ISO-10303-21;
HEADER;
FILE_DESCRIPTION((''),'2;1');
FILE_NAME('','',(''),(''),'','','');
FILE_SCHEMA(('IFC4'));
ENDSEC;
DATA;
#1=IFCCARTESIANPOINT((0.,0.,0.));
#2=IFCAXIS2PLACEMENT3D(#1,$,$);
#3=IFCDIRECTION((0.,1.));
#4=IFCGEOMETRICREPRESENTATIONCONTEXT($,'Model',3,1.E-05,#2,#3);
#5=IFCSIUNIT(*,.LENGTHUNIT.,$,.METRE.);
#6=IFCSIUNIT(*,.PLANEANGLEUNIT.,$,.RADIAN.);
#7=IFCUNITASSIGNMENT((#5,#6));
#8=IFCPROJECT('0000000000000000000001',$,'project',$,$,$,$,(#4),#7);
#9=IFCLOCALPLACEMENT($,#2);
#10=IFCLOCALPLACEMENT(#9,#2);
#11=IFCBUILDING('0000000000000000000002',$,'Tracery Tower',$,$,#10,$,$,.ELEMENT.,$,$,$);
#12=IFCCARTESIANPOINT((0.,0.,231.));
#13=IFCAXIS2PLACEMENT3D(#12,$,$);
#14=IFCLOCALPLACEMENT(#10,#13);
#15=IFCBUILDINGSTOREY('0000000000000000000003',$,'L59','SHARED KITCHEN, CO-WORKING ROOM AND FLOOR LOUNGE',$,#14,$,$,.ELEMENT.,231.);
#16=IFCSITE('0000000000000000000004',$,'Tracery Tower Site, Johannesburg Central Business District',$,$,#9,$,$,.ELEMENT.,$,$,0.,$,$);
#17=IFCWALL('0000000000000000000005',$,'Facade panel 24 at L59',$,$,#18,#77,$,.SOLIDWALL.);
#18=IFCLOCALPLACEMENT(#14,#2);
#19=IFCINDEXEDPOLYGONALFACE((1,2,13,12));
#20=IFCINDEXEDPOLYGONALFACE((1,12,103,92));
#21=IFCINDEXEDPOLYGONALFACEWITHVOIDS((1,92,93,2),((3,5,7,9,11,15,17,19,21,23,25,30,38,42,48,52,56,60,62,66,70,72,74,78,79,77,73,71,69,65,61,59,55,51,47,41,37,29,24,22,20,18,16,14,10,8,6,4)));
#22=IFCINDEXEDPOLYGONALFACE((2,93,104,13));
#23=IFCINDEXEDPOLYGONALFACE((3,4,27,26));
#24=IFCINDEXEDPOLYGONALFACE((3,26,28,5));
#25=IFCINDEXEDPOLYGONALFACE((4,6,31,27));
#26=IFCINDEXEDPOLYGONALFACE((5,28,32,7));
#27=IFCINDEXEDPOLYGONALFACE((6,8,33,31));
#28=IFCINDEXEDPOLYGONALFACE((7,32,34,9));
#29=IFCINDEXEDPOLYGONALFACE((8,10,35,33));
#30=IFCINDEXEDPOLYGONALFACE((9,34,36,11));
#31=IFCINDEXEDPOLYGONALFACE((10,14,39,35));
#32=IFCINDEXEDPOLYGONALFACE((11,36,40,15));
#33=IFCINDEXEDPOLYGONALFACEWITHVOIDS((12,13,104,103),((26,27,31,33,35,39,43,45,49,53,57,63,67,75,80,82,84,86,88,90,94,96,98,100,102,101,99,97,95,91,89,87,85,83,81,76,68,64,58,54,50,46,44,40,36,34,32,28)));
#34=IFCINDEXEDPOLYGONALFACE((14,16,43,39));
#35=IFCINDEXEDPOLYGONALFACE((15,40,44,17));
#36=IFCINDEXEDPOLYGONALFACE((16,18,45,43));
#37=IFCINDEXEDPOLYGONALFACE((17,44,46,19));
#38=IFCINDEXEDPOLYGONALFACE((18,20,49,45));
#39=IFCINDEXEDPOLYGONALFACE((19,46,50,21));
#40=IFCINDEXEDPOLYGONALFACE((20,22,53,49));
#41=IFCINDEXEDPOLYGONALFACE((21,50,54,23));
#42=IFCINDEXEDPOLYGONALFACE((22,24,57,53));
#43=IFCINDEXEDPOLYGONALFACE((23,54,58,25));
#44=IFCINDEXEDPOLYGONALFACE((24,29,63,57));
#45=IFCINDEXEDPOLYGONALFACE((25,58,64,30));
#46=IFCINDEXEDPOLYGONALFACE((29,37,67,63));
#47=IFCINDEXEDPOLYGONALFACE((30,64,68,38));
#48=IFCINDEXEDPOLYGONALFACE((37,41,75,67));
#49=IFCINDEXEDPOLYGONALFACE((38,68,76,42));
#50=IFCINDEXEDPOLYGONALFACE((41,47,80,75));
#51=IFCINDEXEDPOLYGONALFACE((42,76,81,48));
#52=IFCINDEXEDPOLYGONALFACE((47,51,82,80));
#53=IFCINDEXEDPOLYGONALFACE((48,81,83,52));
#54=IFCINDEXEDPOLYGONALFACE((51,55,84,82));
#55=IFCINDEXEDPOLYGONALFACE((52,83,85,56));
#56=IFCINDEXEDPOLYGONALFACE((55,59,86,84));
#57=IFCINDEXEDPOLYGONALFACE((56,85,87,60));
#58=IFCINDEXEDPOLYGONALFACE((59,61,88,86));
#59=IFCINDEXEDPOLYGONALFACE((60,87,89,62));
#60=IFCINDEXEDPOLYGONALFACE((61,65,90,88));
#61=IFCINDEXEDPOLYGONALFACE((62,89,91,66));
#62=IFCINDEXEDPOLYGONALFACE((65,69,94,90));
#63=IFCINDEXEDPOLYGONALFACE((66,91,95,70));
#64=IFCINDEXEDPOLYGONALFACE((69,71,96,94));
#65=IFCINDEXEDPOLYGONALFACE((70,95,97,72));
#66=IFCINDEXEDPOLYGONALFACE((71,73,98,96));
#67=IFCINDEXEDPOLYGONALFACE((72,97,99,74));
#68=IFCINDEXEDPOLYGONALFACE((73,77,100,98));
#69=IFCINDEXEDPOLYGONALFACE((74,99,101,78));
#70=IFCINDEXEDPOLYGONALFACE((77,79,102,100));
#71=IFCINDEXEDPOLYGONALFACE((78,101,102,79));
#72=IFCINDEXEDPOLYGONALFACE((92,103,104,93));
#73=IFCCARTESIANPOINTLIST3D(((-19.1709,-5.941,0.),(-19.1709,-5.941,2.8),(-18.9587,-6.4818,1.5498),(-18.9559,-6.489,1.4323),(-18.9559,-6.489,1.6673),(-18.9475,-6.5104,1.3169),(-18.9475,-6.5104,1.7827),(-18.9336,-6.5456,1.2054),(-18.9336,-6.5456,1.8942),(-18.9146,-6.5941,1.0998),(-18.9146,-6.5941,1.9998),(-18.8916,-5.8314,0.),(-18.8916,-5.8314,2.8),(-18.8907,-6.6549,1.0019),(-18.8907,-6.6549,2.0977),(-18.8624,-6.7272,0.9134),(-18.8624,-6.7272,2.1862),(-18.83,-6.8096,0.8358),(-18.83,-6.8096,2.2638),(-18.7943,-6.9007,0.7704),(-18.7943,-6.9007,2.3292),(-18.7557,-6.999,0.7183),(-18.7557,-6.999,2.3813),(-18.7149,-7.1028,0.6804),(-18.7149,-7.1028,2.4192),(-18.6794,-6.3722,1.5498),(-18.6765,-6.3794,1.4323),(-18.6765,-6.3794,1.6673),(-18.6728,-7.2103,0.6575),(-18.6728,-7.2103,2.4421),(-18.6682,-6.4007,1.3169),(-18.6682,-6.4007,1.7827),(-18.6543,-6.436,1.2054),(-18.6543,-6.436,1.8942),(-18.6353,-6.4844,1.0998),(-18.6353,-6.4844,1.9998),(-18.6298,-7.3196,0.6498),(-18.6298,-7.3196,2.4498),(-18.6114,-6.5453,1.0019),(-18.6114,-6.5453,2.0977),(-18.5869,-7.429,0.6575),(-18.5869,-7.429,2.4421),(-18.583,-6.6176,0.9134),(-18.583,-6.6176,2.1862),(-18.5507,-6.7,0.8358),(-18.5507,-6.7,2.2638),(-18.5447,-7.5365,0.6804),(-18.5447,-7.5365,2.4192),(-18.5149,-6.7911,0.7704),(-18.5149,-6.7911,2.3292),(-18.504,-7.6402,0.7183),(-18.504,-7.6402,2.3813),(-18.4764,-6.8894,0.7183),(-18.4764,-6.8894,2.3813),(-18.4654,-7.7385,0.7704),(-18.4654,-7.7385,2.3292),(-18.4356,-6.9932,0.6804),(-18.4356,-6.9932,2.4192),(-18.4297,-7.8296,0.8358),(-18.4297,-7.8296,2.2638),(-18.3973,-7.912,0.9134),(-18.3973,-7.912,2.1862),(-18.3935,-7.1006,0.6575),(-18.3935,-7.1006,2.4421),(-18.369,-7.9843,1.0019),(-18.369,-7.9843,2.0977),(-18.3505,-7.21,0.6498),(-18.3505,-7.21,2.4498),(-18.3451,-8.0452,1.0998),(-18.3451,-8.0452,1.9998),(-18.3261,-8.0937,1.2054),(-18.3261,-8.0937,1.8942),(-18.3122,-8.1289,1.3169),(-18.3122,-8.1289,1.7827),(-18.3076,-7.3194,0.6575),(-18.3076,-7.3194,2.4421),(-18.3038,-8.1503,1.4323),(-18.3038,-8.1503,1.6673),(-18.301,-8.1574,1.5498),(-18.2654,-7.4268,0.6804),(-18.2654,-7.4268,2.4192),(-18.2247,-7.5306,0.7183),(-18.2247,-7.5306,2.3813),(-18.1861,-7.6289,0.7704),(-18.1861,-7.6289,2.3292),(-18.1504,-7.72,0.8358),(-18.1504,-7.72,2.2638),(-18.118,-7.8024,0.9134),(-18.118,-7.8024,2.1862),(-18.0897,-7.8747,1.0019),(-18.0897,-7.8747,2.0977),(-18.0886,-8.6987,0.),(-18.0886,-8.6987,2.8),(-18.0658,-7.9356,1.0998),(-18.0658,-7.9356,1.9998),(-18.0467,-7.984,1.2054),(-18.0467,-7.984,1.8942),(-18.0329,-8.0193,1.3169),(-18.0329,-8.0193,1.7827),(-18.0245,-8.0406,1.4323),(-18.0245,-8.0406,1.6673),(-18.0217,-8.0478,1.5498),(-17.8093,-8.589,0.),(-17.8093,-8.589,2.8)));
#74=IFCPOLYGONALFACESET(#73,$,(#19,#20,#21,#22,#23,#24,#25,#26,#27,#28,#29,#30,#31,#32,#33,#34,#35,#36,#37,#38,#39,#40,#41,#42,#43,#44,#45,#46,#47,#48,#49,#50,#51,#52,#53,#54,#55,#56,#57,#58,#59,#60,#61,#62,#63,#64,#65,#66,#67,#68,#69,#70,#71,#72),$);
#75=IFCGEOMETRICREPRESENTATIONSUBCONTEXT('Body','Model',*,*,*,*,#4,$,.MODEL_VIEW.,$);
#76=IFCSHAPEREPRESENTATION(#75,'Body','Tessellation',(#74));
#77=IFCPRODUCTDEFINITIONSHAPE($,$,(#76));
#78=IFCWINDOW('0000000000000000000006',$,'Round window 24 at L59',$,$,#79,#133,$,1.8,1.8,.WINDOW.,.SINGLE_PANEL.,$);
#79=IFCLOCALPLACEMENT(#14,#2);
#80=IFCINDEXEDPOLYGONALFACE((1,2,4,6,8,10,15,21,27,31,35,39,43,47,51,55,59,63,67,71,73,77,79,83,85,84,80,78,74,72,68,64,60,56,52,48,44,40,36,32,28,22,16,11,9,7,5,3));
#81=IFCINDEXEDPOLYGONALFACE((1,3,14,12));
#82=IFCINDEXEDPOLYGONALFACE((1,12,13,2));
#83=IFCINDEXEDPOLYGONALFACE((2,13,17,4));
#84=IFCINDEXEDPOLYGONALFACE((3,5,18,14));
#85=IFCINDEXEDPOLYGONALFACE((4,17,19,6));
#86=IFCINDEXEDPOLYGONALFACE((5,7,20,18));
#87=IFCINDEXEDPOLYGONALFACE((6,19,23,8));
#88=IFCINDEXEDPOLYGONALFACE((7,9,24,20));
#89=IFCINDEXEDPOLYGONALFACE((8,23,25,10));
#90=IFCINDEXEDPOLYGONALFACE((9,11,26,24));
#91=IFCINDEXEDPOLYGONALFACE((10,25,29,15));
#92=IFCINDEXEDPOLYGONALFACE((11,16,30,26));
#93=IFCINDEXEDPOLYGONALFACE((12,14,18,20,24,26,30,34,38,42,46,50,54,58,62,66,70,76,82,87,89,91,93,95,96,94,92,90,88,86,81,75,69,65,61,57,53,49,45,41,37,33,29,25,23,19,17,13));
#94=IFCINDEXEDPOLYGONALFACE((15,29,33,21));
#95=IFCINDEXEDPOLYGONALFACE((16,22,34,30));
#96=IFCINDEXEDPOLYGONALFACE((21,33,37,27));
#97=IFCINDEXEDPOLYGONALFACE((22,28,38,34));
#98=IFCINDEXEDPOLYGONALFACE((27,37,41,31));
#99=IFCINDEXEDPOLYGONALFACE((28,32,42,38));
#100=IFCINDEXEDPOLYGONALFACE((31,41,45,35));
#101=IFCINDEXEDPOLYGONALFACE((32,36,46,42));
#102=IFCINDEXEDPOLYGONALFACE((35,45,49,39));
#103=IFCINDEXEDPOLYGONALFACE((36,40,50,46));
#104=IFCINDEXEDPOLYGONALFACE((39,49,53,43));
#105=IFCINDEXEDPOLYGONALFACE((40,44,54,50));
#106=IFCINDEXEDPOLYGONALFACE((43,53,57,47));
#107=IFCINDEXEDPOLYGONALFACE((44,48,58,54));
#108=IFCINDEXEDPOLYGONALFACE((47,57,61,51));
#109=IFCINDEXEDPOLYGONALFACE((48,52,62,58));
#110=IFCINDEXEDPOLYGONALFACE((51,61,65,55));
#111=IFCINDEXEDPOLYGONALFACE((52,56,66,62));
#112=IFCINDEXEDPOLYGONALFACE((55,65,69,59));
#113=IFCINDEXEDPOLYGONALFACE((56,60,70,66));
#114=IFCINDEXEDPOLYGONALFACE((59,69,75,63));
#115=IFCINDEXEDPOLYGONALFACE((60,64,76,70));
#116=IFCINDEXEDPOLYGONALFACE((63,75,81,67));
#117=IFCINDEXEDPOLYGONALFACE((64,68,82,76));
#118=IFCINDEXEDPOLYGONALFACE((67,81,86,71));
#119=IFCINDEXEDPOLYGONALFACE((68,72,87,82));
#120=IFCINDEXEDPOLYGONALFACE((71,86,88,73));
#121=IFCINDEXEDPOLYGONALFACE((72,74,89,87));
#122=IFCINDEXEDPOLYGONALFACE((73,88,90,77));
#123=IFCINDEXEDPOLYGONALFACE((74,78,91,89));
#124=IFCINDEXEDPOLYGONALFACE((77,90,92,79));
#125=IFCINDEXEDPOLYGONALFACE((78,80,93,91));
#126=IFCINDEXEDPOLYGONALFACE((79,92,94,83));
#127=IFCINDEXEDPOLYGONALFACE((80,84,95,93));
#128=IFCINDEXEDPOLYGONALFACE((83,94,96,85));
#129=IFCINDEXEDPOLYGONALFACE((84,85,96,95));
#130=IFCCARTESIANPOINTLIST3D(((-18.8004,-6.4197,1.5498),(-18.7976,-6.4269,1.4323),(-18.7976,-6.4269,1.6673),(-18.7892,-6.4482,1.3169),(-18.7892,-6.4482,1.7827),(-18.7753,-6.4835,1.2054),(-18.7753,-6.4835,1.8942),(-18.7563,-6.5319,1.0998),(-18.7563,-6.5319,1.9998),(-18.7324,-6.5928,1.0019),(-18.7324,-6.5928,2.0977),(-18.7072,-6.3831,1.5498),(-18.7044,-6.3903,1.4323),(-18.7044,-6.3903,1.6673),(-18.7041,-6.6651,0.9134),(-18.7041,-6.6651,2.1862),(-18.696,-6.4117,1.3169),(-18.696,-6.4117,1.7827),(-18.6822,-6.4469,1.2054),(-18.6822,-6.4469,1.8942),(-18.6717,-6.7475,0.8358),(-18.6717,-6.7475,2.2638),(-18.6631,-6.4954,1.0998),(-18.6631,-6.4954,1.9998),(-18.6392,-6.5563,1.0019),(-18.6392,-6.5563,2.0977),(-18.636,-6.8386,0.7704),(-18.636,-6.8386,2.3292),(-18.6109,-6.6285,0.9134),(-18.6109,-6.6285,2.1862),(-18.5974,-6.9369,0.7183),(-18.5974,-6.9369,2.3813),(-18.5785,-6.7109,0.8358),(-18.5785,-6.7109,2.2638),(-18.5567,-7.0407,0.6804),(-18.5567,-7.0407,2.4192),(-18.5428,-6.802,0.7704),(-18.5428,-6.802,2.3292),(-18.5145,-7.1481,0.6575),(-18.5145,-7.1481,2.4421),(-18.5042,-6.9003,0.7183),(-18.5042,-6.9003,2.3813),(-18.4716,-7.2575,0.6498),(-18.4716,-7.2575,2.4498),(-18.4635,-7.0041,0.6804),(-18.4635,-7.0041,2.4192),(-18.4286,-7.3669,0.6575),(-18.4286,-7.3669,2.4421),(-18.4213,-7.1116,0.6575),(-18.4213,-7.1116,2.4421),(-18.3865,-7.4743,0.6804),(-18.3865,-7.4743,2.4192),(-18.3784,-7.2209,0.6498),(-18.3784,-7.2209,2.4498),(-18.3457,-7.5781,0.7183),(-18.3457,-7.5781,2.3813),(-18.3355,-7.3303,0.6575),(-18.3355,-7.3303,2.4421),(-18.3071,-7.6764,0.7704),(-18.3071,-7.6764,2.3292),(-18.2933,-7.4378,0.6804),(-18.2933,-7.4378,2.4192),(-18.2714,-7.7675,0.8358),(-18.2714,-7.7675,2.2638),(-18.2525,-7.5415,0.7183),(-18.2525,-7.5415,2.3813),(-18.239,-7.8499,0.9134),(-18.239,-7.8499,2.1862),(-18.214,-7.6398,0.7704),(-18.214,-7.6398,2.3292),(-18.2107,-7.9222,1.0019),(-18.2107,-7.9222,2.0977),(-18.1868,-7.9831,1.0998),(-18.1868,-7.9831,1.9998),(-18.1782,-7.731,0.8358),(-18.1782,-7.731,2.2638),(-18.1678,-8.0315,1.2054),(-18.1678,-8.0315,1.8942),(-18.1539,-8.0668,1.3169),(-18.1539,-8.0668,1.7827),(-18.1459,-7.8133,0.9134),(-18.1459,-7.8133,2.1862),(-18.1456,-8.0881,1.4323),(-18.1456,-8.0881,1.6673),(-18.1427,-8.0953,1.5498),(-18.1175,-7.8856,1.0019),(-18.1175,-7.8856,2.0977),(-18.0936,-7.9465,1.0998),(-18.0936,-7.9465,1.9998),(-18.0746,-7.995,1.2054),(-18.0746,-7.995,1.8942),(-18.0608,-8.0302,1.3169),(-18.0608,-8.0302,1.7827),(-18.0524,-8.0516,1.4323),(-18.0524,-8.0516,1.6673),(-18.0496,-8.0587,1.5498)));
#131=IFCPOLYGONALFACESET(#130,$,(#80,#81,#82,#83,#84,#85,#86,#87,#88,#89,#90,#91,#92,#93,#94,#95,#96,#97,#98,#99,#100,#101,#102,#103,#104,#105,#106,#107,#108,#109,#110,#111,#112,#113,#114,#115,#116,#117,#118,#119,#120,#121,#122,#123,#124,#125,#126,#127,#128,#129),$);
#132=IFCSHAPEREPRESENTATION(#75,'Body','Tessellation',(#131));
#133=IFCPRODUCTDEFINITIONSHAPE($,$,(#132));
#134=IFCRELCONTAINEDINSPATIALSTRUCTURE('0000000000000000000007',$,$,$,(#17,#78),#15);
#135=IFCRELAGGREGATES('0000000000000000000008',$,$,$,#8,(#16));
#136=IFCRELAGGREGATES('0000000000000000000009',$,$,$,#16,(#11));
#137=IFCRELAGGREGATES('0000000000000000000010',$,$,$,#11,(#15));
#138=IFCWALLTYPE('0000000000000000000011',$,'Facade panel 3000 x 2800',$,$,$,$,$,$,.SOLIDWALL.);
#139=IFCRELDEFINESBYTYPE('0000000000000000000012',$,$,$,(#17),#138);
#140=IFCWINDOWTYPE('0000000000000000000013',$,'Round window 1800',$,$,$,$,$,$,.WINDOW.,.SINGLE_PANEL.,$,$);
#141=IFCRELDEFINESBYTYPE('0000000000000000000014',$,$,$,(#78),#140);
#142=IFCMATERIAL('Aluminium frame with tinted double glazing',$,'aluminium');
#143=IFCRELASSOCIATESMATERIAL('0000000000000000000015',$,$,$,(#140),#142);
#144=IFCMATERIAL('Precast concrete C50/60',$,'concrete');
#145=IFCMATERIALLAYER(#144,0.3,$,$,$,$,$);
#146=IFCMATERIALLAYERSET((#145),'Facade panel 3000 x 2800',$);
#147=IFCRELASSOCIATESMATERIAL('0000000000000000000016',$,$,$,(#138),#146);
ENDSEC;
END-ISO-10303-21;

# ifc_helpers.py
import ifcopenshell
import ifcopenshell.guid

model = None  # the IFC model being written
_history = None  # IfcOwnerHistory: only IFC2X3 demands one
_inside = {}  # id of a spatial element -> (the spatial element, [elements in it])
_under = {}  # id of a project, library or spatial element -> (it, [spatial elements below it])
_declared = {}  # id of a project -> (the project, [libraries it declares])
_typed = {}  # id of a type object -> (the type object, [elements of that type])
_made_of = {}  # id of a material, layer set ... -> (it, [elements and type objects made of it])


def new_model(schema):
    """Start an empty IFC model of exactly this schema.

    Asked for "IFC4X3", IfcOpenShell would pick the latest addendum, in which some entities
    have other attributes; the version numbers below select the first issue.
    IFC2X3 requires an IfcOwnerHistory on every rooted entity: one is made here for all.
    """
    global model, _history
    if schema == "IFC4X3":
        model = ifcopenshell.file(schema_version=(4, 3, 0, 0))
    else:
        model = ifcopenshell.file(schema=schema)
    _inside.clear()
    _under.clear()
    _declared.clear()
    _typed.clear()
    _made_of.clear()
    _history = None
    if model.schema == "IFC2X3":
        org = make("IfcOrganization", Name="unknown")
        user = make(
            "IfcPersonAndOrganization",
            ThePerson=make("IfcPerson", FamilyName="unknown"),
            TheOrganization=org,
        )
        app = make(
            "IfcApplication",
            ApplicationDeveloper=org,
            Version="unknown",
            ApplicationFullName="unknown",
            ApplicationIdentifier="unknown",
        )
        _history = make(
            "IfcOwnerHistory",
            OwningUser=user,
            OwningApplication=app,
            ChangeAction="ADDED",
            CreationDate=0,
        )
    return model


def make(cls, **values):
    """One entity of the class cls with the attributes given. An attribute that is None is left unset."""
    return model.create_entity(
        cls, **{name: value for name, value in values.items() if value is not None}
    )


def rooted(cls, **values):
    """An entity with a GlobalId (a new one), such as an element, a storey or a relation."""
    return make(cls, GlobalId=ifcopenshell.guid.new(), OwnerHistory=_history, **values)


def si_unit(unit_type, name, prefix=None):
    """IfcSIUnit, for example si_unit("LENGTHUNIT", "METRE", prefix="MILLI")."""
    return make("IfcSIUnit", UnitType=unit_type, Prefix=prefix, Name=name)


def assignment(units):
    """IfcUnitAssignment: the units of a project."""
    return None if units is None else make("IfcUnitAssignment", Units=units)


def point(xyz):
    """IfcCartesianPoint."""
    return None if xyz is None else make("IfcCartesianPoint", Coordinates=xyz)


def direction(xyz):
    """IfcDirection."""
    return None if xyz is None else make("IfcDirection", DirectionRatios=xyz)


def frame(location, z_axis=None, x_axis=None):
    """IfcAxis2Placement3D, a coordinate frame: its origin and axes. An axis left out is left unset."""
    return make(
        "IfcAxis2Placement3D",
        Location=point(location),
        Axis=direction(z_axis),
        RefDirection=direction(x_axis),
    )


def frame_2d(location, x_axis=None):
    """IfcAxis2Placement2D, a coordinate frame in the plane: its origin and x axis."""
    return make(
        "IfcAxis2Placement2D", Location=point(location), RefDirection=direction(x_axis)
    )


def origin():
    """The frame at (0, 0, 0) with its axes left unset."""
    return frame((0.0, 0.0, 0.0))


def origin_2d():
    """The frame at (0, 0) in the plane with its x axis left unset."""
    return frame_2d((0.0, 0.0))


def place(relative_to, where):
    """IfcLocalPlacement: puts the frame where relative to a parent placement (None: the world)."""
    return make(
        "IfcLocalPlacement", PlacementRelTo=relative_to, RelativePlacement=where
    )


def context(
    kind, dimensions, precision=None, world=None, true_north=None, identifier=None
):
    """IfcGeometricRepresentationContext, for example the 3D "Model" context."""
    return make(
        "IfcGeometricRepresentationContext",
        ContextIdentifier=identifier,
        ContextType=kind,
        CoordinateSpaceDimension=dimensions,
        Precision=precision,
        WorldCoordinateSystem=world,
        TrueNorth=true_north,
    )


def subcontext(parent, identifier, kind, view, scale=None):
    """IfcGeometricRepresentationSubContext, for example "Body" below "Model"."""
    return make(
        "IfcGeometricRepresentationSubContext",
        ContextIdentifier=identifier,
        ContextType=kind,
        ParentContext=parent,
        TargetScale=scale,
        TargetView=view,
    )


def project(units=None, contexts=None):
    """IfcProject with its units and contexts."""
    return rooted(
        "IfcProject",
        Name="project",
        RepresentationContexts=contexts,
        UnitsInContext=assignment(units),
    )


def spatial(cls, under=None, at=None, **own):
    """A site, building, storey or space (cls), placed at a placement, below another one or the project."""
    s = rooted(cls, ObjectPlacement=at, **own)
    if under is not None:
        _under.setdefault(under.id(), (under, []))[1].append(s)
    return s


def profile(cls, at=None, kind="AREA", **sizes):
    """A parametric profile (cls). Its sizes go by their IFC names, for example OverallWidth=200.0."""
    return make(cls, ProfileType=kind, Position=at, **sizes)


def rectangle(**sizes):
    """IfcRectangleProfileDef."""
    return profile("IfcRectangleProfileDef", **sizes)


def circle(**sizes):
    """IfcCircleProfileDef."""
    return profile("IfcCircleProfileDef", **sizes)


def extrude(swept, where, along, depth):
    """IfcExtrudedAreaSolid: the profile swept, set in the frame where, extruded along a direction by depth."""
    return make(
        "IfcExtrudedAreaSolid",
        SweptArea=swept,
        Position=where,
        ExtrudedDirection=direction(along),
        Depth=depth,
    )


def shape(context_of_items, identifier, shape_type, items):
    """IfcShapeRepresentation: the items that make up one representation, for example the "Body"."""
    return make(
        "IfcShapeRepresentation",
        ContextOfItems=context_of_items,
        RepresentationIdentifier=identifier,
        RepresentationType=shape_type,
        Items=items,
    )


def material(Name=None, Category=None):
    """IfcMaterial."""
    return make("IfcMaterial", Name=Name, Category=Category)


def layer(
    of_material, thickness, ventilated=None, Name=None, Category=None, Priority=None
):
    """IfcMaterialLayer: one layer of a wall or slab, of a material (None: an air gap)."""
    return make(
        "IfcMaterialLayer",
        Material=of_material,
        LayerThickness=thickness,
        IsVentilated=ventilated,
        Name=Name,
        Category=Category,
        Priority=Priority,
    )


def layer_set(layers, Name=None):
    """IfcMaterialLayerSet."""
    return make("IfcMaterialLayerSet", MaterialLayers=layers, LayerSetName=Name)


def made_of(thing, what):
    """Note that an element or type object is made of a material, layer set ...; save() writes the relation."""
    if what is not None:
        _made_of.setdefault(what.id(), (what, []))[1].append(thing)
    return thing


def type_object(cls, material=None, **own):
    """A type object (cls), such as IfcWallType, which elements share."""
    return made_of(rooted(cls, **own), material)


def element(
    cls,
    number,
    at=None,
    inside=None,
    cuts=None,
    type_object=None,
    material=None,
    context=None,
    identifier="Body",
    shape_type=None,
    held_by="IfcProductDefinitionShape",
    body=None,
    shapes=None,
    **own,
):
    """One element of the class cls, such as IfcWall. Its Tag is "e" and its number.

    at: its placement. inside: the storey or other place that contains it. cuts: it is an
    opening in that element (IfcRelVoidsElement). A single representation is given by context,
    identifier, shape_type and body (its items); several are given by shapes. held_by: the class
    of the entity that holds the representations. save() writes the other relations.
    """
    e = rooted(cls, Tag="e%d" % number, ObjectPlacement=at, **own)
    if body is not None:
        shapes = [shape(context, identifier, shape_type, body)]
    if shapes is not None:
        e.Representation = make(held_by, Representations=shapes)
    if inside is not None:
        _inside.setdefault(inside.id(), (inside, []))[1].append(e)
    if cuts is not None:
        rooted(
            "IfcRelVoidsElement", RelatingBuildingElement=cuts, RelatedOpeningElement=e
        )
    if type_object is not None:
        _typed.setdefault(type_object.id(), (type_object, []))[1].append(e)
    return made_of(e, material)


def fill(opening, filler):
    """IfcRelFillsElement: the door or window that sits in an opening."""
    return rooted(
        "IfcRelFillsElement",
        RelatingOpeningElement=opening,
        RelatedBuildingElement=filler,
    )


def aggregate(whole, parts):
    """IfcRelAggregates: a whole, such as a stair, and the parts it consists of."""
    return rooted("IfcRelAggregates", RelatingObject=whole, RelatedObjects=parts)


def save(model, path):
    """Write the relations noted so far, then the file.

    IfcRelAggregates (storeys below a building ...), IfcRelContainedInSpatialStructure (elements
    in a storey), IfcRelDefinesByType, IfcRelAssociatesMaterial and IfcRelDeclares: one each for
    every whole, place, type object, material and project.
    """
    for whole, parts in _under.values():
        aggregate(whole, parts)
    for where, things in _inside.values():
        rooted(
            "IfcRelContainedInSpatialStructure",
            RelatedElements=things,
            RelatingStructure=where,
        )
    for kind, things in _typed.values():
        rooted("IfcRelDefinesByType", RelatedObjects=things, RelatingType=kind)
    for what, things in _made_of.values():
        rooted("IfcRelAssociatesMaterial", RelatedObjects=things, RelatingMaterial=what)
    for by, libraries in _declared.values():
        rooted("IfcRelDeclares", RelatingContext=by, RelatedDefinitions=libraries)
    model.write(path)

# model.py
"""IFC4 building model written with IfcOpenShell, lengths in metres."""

from ifc_helpers import new_model, si_unit, direction, frame, frame_2d, origin, origin_2d, place, context, subcontext, project, spatial, rectangle, circle, extrude, material, layer, layer_set, type_object, element, fill, save


model = new_model("IFC4")

# Units and contexts
model_context = context("Model", 3, precision=1e-05, world=origin(), true_north=direction((0.0, 1.0)))
body_context = subcontext(model_context, "Body", "Model", "MODEL_VIEW")
ifc_project = project(units=[si_unit("LENGTHUNIT", "METRE"), si_unit("PLANEANGLEUNIT", "RADIAN")], contexts=[model_context])

# Site, building, storey
site_placement = place(None, origin())
site = spatial("IfcSite", under=ifc_project, at=site_placement, Name="Tracery Tower Site, Johannesburg Central Business District", CompositionType="ELEMENT", RefElevation=0.0)
building_placement = place(site_placement, origin())
building = spatial("IfcBuilding", under=site, at=building_placement, Name="Tracery Tower", CompositionType="ELEMENT")
storey_placement = place(building_placement, frame((0.0, 0.0, 231.0)))
storey = spatial("IfcBuildingStorey", under=building, at=storey_placement, Name="L59", Description="SHARED KITCHEN, CO-WORKING ROOM AND FLOOR LOUNGE", CompositionType="ELEMENT", Elevation=231.0)

# Wall, opening, window
ifc_material_1 = material(Name="Aluminium frame with tinted double glazing", Category="aluminium")
window_type = type_object("IfcWindowType", Name="Round window 1800", PartitioningType="SINGLE_PANEL", PredefinedType="WINDOW", material=ifc_material_1)
ifc_material_2 = material(Name="Precast concrete C50/60", Category="concrete")
ifc_layer_1 = layer(ifc_material_2, 0.3)
ifc_layer_set_1 = layer_set([ifc_layer_1], Name="Facade panel 3000 x 2800")
wall_type_1 = type_object("IfcWallType", Name="Facade panel 3000 x 2800", PredefinedType="SOLIDWALL", material=ifc_layer_set_1)
wall_1_placement = place(storey_placement, frame((-19.0312, -5.8862, 0.0), z_axis=(0.0, 0.0, 1.0), x_axis=(0.365344, -0.930873, 0.0)))
wall_1 = element("IfcWall", 1, at=wall_1_placement, inside=storey, type_object=wall_type_1, Name="Facade panel 24 at L59", PredefinedType="SOLIDWALL", context=body_context, shape_type="SweptSolid", body=[
    extrude(rectangle(XDim=2.9624, YDim=0.3, at=frame_2d((1.4812, 0.0))), origin(), (0.0, 0.0, 1.0), 2.8),
])
opening_1_placement = place(wall_1_placement, frame((1.481, 0.0, 1.5498)))
opening_1 = element("IfcOpeningElement", 2, at=opening_1_placement, cuts=wall_1, PredefinedType="OPENING", context=body_context, shape_type="SweptSolid", body=[
    extrude(circle(Radius=0.9, at=origin_2d()), frame((0.0, 0.1599, 0.0), z_axis=(0.0, -1.0, 0.0), x_axis=(1.0, 0.0, 0.0)), (0.0, 0.0, 1.0), 0.3201),
])
window_1_placement = place(opening_1_placement, origin())
window_1 = element("IfcWindow", 3, at=window_1_placement, inside=storey, type_object=window_type, Name="Round window 24 at L59", OverallHeight=1.8, OverallWidth=1.8, PartitioningType="SINGLE_PANEL", PredefinedType="WINDOW", context=body_context, shape_type="SweptSolid", body=[
    extrude(circle(Radius=0.9, at=origin_2d()), frame((0.0, 0.1201, 0.0), z_axis=(0.0, -1.0, 0.0), x_axis=(1.0, 0.0, 0.0)), (0.0, 0.0, 1.0), 0.1001),
])
fill(opening_1, window_1)

save(model, "model.ifc")
